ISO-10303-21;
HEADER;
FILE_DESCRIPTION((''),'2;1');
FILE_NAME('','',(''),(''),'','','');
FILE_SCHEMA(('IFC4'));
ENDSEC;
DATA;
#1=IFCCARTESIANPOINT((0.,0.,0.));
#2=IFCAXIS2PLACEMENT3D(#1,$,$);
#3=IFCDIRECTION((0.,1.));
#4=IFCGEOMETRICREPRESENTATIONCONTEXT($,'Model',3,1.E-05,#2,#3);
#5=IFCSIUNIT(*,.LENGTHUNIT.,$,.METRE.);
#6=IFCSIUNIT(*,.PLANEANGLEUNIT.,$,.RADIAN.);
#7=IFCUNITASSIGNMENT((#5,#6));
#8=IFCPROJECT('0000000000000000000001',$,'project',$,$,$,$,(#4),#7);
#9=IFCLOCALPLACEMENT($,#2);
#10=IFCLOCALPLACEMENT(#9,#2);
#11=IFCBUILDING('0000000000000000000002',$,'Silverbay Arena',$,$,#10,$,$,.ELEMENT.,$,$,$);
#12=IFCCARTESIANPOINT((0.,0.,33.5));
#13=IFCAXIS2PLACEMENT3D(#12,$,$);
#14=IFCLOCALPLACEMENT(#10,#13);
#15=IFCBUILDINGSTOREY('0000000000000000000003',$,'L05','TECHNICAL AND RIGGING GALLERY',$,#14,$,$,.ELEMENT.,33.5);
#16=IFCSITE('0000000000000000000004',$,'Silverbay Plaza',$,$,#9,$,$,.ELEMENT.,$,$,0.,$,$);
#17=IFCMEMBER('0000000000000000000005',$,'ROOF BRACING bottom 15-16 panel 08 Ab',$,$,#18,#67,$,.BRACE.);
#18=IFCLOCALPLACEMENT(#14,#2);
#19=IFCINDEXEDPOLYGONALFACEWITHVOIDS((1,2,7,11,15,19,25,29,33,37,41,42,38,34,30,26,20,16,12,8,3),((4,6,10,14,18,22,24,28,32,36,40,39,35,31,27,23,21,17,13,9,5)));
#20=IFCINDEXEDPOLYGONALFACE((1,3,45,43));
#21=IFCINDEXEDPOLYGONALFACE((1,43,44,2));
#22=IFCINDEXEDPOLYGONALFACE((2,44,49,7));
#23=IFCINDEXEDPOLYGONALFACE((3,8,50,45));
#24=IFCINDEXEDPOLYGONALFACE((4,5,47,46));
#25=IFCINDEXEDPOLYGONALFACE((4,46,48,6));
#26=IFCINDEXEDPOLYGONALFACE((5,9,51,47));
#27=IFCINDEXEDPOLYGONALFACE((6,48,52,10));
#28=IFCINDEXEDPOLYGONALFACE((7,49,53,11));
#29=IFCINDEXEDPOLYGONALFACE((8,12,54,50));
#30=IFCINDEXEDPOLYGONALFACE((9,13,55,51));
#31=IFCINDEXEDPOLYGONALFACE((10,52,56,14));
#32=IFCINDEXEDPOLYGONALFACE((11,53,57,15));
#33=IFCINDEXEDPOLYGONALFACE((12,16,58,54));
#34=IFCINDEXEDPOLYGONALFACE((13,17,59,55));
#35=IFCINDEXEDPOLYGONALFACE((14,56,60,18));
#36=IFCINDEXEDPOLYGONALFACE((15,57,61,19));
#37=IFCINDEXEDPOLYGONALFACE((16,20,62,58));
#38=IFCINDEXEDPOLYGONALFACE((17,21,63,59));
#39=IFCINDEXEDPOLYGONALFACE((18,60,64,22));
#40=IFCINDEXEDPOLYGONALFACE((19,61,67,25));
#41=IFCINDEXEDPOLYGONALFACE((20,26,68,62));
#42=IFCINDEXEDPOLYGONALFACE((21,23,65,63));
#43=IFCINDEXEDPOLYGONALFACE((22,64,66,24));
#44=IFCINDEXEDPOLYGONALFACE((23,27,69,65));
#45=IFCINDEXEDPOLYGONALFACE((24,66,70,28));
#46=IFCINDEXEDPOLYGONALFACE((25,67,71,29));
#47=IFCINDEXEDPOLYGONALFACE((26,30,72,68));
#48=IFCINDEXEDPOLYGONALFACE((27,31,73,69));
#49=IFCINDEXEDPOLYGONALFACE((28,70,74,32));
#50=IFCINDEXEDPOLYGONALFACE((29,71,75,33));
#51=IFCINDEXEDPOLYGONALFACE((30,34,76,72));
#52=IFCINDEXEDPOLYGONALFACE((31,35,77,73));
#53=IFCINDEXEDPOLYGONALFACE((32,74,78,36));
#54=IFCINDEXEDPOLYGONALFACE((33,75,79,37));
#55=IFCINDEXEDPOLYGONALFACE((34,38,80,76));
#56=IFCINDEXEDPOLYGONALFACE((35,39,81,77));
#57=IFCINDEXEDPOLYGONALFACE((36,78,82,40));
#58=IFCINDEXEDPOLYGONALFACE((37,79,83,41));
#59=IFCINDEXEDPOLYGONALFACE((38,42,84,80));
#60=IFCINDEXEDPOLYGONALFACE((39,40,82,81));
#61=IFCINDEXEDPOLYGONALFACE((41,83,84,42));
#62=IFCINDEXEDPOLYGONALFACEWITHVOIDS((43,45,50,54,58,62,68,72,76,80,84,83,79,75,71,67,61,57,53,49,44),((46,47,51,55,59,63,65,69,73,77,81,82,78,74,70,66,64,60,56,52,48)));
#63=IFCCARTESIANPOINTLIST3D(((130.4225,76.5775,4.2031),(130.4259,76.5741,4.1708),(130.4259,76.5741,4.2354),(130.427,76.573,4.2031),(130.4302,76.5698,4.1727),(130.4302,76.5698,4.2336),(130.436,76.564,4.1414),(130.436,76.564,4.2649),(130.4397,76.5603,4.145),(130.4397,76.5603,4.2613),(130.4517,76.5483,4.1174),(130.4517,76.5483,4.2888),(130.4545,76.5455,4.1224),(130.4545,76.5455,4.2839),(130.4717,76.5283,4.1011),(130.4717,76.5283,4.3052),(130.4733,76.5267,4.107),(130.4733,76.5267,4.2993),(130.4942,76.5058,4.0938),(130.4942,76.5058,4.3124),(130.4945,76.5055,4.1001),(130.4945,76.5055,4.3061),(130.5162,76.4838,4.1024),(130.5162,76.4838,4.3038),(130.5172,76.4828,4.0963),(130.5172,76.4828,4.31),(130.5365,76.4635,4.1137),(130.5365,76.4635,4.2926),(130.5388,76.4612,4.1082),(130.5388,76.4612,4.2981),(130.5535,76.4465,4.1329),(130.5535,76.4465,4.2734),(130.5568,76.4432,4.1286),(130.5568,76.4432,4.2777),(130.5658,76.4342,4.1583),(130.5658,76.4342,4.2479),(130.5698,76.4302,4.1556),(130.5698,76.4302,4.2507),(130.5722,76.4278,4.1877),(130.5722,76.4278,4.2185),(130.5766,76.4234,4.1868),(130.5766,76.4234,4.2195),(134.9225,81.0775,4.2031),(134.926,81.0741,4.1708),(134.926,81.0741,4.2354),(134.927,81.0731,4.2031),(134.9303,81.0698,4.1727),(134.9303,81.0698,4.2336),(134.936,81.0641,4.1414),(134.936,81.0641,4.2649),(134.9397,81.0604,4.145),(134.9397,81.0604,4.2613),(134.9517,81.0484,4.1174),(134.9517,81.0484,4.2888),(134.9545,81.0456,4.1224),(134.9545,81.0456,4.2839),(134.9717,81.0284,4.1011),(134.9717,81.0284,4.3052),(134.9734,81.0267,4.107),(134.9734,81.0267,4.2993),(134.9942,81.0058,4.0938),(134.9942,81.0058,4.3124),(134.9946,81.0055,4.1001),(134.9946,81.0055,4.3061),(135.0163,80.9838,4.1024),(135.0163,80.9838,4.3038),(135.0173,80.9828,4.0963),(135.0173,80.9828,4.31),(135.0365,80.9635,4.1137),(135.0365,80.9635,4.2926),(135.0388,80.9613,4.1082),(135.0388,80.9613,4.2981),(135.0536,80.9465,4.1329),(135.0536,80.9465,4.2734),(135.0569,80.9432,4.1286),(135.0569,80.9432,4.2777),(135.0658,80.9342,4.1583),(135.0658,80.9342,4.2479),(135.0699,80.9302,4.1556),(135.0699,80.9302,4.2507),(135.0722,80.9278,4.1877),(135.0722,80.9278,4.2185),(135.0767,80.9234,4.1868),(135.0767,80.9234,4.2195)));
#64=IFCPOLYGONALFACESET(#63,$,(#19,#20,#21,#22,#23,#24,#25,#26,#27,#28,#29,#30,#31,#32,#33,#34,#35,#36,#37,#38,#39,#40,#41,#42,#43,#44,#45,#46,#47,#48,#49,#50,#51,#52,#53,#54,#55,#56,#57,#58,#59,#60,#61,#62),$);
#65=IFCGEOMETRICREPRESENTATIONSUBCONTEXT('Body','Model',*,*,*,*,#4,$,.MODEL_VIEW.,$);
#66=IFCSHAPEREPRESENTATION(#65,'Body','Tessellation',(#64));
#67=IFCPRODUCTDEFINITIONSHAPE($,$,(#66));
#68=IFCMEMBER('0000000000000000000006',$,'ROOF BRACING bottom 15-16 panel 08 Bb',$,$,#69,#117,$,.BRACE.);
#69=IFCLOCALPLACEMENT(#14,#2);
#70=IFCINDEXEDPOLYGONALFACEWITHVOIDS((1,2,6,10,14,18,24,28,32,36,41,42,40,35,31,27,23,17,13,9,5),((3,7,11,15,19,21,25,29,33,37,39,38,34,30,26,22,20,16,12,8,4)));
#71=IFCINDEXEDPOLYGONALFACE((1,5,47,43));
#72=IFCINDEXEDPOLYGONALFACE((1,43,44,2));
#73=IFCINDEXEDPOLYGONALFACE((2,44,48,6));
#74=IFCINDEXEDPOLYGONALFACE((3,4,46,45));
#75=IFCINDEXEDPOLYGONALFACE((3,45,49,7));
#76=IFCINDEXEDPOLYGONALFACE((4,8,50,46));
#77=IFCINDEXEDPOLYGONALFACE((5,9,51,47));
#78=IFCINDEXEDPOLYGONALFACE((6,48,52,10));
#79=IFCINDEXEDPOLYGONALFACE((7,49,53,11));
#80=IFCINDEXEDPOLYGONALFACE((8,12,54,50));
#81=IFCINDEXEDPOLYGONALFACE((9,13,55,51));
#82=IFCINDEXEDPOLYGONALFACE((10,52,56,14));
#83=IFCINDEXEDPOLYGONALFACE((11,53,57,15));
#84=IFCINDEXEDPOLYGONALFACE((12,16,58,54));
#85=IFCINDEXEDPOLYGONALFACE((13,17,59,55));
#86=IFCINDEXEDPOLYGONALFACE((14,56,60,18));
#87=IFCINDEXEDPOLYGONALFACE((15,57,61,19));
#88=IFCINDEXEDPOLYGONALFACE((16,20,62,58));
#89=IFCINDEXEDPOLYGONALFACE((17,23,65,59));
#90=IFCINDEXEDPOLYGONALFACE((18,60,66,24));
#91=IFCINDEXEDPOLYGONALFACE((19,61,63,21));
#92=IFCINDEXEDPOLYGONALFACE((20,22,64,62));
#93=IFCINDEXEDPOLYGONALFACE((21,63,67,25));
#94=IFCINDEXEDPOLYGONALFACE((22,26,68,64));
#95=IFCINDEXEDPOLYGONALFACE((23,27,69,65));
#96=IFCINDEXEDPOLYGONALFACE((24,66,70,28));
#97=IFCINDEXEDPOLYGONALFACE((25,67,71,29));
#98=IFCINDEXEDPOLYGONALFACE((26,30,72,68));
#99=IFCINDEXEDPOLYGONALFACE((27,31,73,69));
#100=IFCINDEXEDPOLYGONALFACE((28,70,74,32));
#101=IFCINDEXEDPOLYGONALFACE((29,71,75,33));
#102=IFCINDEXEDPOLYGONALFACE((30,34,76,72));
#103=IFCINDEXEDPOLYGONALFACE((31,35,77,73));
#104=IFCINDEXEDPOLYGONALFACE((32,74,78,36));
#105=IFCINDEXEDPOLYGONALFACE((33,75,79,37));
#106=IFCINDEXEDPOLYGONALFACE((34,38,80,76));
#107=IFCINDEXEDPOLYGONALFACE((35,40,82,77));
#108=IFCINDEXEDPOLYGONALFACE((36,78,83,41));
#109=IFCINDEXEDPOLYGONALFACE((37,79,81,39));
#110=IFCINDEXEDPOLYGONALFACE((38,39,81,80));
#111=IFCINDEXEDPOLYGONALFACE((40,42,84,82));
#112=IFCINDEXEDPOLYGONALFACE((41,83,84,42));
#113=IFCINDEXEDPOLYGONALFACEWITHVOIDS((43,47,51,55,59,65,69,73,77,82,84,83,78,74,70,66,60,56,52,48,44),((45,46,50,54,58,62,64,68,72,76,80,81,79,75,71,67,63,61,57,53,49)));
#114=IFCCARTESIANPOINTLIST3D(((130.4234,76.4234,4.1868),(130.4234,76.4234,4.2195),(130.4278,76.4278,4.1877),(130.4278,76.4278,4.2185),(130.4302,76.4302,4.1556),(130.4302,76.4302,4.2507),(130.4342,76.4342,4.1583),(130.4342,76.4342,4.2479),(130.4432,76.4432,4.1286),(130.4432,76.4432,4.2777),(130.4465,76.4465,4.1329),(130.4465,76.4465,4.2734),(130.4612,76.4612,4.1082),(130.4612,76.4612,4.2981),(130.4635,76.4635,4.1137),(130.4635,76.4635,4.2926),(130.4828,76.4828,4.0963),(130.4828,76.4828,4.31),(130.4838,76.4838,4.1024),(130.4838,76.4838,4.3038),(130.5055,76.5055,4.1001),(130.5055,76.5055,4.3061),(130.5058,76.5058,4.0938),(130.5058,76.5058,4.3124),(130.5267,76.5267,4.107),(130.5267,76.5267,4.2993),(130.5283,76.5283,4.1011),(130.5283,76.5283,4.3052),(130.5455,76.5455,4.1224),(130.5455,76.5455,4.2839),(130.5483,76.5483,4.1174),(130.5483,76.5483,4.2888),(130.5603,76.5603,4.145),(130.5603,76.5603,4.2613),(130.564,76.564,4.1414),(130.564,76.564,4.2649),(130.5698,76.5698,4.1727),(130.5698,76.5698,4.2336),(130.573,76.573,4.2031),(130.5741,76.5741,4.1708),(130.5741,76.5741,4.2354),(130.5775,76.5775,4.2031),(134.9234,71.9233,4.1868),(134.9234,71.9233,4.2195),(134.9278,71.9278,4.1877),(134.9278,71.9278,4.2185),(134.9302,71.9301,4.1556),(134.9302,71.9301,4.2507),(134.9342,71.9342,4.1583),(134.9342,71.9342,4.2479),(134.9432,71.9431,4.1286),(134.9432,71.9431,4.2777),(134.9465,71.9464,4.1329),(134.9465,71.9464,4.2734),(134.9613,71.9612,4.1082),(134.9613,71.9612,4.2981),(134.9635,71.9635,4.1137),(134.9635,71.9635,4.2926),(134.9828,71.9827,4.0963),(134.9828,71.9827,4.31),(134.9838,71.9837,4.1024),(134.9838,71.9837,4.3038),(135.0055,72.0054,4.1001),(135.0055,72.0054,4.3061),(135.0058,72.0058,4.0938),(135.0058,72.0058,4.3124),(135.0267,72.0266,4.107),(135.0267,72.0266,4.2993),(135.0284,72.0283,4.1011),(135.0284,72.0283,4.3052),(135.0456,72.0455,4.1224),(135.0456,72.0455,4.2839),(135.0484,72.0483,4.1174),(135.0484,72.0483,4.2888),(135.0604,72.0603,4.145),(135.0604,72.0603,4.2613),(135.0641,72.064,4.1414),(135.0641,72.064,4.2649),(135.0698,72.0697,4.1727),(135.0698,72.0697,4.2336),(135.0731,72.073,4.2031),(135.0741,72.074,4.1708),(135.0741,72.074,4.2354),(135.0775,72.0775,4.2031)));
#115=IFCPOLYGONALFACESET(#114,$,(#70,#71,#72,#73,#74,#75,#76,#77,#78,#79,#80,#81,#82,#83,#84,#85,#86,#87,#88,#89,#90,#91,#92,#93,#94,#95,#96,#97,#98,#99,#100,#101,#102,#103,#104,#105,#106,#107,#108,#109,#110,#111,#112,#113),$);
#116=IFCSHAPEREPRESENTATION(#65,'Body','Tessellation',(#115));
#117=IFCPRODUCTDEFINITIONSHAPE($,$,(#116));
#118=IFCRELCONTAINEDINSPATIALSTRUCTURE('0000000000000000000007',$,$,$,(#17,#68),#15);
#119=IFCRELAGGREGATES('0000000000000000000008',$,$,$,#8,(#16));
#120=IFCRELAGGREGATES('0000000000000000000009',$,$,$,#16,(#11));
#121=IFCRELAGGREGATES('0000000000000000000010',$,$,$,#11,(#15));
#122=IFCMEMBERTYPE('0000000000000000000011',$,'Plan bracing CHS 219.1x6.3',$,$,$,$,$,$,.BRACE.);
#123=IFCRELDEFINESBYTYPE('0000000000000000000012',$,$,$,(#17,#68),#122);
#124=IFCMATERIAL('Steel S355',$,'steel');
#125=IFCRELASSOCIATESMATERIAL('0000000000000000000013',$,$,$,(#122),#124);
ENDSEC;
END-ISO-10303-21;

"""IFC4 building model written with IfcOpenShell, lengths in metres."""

from ifc_helpers import new_model, si_unit, direction, frame, origin, origin_2d, place, context, subcontext, project, spatial, hollow_circle, extrude, material, material_profile, profile_set, type_object, element, save


model = new_model("IFC4")

# Units and contexts
model_context = context("Model", 3, precision=1e-05, world=origin(), true_north=direction((0.0, 1.0)))
body_context = subcontext(model_context, "Body", "Model", "MODEL_VIEW")
ifc_project = project(units=[si_unit("LENGTHUNIT", "METRE"), si_unit("PLANEANGLEUNIT", "RADIAN")], contexts=[model_context])

# Site, building, storey
site_placement = place(None, origin())
site = spatial("IfcSite", under=ifc_project, at=site_placement, Name="Silverbay Plaza", CompositionType="ELEMENT", RefElevation=0.0)
building_placement = place(site_placement, origin())
building = spatial("IfcBuilding", under=site, at=building_placement, Name="Silverbay Arena", CompositionType="ELEMENT")
storey_placement = place(building_placement, frame((0.0, 0.0, 33.5)))
storey = spatial("IfcBuildingStorey", under=building, at=storey_placement, Name="L05", Description="TECHNICAL AND RIGGING GALLERY", CompositionType="ELEMENT", Elevation=33.5)

# Members
ifc_material_1 = material(Name="Steel S355", Category="steel")
ifc_material_profile_1 = material_profile(ifc_material_1, hollow_circle(Radius=0.1096, WallThickness=0.0063, at=origin_2d()), Name="CHS 219.1x6.3")
ifc_profile_set_1 = profile_set([ifc_material_profile_1], Name="Steel S355")
member_type_1 = type_object("IfcMemberType", Name="Plan bracing CHS 219.1x6.3", PredefinedType="BRACE", material=ifc_profile_set_1)
for number, where, z_axis, x_axis, name in (
    (1, (130.5, 76.5, 4.2031), (0.707107, 0.707107, 0.0), (-0.707107, 0.707107, 0.0), "ROOF BRACING bottom 15-16 panel 08 Ab"),
    (2, (130.5, 76.5, 4.2031), (0.707107, -0.707107, 0.0), (0.707107, 0.707107, 0.0), "ROOF BRACING bottom 15-16 panel 08 Bb"),
):
    element("IfcMember", number, at=place(storey_placement, frame(where, z_axis=z_axis, x_axis=x_axis)), inside=storey, type_object=member_type_1, Name=name, PredefinedType="BRACE", context=body_context, shape_type="SweptSolid", body=[
        extrude(hollow_circle(Radius=0.1096, WallThickness=0.0063, at=origin_2d()), origin(), (0.0, 0.0, 1.0), 6.364),
    ])

save(model, "model.ifc")
